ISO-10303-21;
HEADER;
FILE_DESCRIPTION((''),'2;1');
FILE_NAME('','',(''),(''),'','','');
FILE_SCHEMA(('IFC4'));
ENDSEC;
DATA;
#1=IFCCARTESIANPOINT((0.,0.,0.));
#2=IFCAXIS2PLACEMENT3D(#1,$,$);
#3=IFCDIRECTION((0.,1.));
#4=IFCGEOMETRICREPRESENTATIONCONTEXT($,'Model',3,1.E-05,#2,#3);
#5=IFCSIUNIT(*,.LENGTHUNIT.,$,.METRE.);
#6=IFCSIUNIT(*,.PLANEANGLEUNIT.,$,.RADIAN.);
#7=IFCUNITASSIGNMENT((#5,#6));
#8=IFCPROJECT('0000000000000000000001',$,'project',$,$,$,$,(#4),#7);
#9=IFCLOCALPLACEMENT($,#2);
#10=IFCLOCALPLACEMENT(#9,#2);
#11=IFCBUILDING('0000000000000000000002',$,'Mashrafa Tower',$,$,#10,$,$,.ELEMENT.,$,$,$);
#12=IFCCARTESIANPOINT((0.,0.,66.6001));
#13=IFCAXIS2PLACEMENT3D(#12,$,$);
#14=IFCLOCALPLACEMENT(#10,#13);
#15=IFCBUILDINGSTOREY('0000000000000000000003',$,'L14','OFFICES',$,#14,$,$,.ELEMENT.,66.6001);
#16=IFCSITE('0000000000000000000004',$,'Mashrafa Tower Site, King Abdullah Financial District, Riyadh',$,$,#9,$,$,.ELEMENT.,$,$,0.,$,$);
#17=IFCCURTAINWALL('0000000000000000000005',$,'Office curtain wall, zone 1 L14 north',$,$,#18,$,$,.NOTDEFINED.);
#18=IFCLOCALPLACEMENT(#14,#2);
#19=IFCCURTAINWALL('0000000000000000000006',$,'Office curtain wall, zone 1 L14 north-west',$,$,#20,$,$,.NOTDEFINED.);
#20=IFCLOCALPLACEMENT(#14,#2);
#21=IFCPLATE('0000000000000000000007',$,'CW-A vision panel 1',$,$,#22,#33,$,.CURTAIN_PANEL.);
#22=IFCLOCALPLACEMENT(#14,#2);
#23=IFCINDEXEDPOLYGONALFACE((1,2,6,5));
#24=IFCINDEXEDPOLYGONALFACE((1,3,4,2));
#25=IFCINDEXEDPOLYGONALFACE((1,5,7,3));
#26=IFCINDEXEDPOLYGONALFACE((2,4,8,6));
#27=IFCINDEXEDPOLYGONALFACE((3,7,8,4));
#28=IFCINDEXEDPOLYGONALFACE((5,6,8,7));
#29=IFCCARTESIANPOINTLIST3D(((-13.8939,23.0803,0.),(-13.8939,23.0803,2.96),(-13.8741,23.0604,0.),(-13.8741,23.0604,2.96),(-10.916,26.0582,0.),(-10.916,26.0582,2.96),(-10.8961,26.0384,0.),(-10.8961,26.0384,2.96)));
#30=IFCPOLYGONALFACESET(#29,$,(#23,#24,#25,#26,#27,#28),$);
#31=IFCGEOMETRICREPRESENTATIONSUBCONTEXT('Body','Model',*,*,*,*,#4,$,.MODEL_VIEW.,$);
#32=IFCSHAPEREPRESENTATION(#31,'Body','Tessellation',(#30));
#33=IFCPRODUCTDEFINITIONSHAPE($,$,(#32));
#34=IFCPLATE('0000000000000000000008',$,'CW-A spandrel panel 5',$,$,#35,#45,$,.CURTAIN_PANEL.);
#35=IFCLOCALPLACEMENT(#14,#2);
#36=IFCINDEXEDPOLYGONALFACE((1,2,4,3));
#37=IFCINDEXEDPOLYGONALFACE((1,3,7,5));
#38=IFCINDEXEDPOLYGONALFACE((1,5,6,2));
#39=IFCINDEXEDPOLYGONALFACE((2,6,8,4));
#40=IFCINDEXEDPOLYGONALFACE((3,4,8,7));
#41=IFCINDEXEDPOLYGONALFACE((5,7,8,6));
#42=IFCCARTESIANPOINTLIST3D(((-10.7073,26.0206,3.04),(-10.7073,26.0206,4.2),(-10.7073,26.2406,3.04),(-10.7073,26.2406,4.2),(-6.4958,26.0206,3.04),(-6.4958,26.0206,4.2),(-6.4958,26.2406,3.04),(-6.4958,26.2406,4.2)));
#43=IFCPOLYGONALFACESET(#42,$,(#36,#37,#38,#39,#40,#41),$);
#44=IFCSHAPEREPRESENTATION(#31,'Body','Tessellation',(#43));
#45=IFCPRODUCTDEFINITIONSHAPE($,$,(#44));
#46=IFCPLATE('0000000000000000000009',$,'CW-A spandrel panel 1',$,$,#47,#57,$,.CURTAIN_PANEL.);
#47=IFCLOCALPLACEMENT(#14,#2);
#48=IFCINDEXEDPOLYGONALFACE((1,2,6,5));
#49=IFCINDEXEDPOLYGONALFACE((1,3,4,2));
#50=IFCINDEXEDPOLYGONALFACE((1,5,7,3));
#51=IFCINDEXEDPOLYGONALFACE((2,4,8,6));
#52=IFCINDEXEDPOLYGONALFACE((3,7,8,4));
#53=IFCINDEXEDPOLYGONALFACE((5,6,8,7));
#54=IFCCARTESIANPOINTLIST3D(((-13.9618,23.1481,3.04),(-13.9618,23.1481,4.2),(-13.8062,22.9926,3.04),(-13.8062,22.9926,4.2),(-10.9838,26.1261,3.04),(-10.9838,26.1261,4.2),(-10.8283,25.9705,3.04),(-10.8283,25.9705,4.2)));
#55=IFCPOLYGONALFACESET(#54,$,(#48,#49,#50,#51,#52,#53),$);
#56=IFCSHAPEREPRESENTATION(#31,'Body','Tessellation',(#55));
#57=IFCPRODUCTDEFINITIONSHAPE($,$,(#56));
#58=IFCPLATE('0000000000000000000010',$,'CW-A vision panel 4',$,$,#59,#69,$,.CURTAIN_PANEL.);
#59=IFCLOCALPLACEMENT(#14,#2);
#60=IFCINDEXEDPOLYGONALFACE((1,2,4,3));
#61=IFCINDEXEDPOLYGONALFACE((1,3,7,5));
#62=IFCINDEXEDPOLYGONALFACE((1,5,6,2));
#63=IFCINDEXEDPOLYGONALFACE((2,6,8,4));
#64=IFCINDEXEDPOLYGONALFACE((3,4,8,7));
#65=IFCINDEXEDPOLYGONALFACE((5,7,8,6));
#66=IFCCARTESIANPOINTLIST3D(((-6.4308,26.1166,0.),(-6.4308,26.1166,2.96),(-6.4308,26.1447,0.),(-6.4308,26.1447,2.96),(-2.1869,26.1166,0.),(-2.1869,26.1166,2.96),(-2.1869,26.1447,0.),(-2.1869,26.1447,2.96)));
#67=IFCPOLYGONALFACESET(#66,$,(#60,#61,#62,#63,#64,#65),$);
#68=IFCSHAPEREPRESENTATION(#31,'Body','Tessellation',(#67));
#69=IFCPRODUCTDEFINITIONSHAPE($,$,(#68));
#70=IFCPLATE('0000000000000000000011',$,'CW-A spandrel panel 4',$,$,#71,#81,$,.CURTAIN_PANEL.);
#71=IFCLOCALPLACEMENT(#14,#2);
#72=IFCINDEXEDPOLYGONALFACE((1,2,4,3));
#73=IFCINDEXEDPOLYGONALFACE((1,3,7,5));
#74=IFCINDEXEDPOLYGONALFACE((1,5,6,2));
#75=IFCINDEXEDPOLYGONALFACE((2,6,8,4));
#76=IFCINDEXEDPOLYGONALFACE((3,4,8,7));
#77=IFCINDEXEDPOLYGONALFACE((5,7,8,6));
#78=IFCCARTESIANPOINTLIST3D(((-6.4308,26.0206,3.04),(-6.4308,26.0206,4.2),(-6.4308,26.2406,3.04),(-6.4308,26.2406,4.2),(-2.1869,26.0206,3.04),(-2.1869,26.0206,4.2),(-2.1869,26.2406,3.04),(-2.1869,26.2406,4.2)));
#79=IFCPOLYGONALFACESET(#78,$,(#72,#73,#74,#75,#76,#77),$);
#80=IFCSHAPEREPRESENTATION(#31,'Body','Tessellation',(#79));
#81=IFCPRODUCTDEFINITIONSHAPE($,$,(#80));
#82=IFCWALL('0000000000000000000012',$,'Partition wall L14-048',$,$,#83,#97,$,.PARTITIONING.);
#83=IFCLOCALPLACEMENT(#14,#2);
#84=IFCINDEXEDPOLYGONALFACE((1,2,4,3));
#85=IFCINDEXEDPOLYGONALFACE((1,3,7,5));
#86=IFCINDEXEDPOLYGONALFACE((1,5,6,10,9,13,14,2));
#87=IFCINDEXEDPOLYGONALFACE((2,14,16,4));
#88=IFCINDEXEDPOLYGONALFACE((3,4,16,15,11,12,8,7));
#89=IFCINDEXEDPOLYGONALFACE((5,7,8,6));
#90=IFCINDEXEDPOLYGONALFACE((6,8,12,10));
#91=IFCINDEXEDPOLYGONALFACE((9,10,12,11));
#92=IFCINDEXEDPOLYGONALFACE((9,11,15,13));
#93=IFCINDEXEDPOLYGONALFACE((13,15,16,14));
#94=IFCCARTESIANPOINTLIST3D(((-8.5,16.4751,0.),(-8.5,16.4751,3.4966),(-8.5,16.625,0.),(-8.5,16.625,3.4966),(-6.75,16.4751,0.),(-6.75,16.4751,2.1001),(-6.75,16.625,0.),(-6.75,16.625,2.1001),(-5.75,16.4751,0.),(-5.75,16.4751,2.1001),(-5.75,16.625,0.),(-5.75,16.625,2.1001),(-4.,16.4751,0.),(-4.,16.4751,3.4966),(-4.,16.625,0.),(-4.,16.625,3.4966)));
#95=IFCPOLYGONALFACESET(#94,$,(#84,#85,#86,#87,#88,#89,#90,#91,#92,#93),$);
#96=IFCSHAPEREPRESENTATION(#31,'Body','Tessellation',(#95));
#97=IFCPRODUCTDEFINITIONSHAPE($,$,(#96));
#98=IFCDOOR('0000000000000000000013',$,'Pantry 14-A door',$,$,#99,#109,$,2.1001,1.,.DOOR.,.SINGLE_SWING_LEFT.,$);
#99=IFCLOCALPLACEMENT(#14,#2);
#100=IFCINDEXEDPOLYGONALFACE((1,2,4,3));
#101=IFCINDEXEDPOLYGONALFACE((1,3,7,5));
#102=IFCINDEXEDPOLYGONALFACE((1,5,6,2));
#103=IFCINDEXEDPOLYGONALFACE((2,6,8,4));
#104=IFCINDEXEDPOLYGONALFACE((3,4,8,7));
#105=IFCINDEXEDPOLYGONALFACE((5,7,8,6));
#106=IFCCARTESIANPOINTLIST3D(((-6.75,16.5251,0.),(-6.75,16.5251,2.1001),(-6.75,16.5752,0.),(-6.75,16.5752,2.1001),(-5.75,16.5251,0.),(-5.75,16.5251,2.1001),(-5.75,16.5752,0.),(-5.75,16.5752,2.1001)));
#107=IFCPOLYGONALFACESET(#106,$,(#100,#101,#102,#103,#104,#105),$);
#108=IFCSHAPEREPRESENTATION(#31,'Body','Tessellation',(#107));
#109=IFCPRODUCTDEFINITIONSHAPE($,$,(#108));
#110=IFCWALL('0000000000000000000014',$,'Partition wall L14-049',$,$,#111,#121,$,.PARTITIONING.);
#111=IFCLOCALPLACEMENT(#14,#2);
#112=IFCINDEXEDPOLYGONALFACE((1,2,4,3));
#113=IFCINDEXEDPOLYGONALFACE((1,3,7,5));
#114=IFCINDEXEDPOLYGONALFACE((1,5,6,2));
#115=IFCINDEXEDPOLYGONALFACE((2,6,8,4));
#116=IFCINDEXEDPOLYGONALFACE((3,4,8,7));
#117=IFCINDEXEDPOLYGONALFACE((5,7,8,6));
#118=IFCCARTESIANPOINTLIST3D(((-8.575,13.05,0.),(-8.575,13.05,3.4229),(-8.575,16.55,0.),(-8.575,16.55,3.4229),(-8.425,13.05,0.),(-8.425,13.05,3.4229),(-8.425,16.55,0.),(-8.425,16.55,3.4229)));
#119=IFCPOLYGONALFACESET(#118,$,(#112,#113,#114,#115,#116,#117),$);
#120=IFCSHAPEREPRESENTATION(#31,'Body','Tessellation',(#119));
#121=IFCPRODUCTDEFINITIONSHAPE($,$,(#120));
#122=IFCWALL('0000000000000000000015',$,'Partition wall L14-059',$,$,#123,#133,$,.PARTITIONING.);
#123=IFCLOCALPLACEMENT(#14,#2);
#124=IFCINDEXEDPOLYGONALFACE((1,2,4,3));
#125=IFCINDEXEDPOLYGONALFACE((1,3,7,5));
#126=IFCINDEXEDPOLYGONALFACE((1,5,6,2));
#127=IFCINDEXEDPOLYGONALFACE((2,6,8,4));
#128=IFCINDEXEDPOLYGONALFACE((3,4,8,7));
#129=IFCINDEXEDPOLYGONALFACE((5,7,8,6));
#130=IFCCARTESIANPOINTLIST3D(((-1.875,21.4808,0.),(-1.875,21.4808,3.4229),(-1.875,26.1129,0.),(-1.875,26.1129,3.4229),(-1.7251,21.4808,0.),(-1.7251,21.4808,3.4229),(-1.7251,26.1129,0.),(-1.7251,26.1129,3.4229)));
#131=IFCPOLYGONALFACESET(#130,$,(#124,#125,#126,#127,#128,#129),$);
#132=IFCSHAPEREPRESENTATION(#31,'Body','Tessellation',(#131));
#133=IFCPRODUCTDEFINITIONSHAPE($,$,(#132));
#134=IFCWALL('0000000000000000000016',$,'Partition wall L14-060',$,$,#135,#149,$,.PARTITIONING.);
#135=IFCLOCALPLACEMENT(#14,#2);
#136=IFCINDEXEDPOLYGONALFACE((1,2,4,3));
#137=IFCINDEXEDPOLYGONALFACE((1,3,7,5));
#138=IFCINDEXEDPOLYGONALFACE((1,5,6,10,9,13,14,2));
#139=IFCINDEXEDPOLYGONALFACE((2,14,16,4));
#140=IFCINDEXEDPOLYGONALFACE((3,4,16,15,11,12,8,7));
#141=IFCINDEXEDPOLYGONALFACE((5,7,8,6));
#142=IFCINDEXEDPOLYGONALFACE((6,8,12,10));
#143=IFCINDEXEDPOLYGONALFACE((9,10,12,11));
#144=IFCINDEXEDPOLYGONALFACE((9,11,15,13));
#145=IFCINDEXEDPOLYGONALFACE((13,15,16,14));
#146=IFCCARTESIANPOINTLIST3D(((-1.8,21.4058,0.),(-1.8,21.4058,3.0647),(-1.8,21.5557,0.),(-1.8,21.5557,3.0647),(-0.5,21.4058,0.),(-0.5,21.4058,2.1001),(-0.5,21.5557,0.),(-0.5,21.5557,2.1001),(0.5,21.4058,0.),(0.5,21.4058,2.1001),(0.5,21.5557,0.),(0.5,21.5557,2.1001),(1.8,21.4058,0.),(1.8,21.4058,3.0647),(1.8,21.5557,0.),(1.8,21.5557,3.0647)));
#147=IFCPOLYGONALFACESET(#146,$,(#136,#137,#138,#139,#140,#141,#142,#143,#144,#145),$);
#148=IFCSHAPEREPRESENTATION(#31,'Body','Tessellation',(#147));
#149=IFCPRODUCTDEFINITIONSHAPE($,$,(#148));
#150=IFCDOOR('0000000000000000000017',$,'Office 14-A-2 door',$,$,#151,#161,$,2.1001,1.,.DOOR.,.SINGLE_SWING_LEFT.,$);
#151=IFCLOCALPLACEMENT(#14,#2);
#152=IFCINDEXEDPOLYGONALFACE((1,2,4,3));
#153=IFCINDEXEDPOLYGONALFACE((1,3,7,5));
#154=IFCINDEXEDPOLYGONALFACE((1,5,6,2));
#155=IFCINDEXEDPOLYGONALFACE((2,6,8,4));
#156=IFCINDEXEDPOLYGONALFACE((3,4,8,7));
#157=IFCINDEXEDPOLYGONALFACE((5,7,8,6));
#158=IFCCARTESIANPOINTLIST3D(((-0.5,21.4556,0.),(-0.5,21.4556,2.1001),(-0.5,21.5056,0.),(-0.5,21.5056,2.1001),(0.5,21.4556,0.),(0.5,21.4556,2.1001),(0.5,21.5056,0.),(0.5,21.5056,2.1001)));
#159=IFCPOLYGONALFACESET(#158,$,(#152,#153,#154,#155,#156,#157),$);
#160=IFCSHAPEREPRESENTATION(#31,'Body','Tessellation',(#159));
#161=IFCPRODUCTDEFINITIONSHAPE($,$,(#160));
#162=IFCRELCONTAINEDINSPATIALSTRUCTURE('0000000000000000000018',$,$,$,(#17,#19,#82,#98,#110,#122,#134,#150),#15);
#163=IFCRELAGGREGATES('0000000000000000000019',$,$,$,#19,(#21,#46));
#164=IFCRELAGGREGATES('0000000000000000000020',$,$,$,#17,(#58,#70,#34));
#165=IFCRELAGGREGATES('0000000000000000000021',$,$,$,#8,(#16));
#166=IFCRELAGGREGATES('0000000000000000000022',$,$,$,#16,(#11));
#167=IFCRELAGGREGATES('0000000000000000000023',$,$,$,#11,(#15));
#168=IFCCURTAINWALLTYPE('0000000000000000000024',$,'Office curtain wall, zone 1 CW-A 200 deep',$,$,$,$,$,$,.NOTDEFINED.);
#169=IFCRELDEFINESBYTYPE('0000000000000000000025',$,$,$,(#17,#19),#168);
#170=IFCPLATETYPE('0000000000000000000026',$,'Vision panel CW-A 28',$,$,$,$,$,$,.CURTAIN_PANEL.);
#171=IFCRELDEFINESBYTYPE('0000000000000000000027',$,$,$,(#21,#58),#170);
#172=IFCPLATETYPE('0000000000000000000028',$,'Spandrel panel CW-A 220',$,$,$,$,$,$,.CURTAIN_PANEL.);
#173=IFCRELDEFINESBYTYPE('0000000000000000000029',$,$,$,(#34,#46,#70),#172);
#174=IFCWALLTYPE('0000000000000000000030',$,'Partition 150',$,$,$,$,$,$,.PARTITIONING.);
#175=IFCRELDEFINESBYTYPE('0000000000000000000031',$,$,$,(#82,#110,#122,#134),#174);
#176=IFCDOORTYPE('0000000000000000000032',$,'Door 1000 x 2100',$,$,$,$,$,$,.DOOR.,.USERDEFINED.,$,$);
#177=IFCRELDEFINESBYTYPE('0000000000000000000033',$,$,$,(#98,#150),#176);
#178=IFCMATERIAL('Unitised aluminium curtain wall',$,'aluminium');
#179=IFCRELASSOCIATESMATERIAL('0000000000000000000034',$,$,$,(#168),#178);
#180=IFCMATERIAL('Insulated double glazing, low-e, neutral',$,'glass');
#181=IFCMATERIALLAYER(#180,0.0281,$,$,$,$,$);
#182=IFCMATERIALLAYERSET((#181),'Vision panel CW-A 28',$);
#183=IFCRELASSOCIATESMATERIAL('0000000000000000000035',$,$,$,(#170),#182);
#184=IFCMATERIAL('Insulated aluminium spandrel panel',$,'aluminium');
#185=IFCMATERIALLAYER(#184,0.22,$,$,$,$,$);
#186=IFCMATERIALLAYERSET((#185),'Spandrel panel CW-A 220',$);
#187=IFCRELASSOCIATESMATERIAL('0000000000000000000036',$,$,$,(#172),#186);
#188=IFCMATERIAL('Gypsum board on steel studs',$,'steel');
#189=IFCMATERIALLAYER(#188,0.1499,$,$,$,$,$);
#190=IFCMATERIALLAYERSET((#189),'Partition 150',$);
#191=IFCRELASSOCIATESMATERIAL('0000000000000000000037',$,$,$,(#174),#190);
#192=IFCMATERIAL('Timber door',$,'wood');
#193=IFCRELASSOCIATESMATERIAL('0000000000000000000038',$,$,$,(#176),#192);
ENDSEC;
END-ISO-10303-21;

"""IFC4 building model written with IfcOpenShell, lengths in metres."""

from ifc_helpers import new_model, si_unit, direction, frame, frame_2d, origin, origin_2d, place, context, subcontext, project, spatial, rectangle, extrude, source, transform, mapped, material, layer, layer_set, type_object, type_shapes, element, fill, aggregate, save


model = new_model("IFC4")

# Units and contexts
model_context = context("Model", 3, precision=1e-05, world=origin(), true_north=direction((0.0, 1.0)))
body_context = subcontext(model_context, "Body", "Model", "MODEL_VIEW")
ifc_project = project(units=[si_unit("LENGTHUNIT", "METRE"), si_unit("PLANEANGLEUNIT", "RADIAN")], contexts=[model_context])

# Site, building, storey
site_placement = place(None, origin())
site = spatial("IfcSite", under=ifc_project, at=site_placement, Name="Mashrafa Tower Site, King Abdullah Financial District, Riyadh", CompositionType="ELEMENT", RefElevation=0.0)
building_placement = place(site_placement, origin())
building = spatial("IfcBuilding", under=site, at=building_placement, Name="Mashrafa Tower", CompositionType="ELEMENT")
storey_placement = place(building_placement, frame((0.0, 0.0, 66.6001)))
storey = spatial("IfcBuildingStorey", under=building, at=storey_placement, Name="L14", Description="OFFICES", CompositionType="ELEMENT", Elevation=66.6001)

# Curtain walls
ifc_material_1 = material(Name="Unitised aluminium curtain wall", Category="aluminium")
curtain_wall_type = type_object("IfcCurtainWallType", Name="Office curtain wall, zone 1 CW-A 200 deep", PredefinedType="NOTDEFINED", material=ifc_material_1)
curtain_wall_1_placement = place(storey_placement, origin())
curtain_wall_1 = element("IfcCurtainWall", 1, at=curtain_wall_1_placement, inside=storey, type_object=curtain_wall_type, Name="Office curtain wall, zone 1 L14 north", PredefinedType="NOTDEFINED")
curtain_wall_2_placement = place(storey_placement, origin())
curtain_wall_2 = element("IfcCurtainWall", 2, at=curtain_wall_2_placement, inside=storey, type_object=curtain_wall_type, Name="Office curtain wall, zone 1 L14 north-west", PredefinedType="NOTDEFINED")

# Plates
ifc_material_2 = material(Name="Insulated double glazing, low-e, neutral", Category="glass")
ifc_layer_1 = layer(ifc_material_2, 0.0281)
ifc_layer_set_1 = layer_set([ifc_layer_1], Name="Vision panel CW-A 28")
plate_type_1 = type_object("IfcPlateType", Name="Vision panel CW-A 28", PredefinedType="CURTAIN_PANEL", material=ifc_layer_set_1)
shared_shape_1 = source(origin(), body_context, "Body", "SweptSolid", [
    extrude(rectangle(XDim=4.2114, YDim=0.0281, at=origin_2d()), origin(), (0.0, 0.0, 1.0), 2.96),
])
plate_1_placement = place(storey_placement, frame((-12.395, 24.5593, 0.0), z_axis=(0.0, 0.0, 1.0), x_axis=(-0.707107, -0.707107, 0.0)))
plate_1 = element("IfcPlate", 3, at=plate_1_placement, type_object=plate_type_1, Name="CW-A vision panel 1", PredefinedType="CURTAIN_PANEL", context=body_context, shape_type="MappedRepresentation", body=[
    mapped(shared_shape_1, transform((0.0, 0.0, 0.0))),
])
ifc_material_3 = material(Name="Insulated aluminium spandrel panel", Category="aluminium")
ifc_layer_2 = layer(ifc_material_3, 0.22)
ifc_layer_set_2 = layer_set([ifc_layer_2], Name="Spandrel panel CW-A 220")
plate_type_2 = type_object("IfcPlateType", Name="Spandrel panel CW-A 220", PredefinedType="CURTAIN_PANEL", material=ifc_layer_set_2)
shared_shape_2 = source(origin(), body_context, "Body", "SweptSolid", [
    extrude(rectangle(XDim=4.2114, YDim=0.22, at=origin_2d()), origin(), (0.0, 0.0, 1.0), 1.1599),
])
plate_2_placement = place(storey_placement, frame((-8.6016, 26.1306, 3.04), z_axis=(0.0, 0.0, 1.0), x_axis=(-1.0, 0.0, 0.0)))
plate_2 = element("IfcPlate", 4, at=plate_2_placement, type_object=plate_type_2, Name="CW-A spandrel panel 5", PredefinedType="CURTAIN_PANEL", context=body_context, shape_type="MappedRepresentation", body=[
    mapped(shared_shape_2, transform((0.0, 0.0, 0.0))),
])
plate_3_placement = place(storey_placement, frame((-12.395, 24.5593, 3.04), z_axis=(0.0, 0.0, 1.0), x_axis=(-0.707107, -0.707107, 0.0)))
plate_3 = element("IfcPlate", 5, at=plate_3_placement, type_object=plate_type_2, Name="CW-A spandrel panel 1", PredefinedType="CURTAIN_PANEL", context=body_context, shape_type="MappedRepresentation", body=[
    mapped(shared_shape_2, transform((0.0, 0.0, 0.0))),
])
aggregate(curtain_wall_2, [plate_1, plate_3])
shared_shape_3 = source(origin(), body_context, "Body", "SweptSolid", [
    extrude(rectangle(XDim=4.2439, YDim=0.0281, at=origin_2d()), origin(), (0.0, 0.0, 1.0), 2.96),
])
type_shapes(plate_type_1, [shared_shape_1, shared_shape_3])
plate_4_placement = place(storey_placement, frame((-4.3088, 26.1306, 0.0), z_axis=(0.0, 0.0, 1.0), x_axis=(-1.0, 0.0, 0.0)))
plate_4 = element("IfcPlate", 6, at=plate_4_placement, type_object=plate_type_1, Name="CW-A vision panel 4", PredefinedType="CURTAIN_PANEL", context=body_context, shape_type="MappedRepresentation", body=[
    mapped(shared_shape_3, transform((0.0, 0.0, 0.0))),
])
shared_shape_4 = source(origin(), body_context, "Body", "SweptSolid", [
    extrude(rectangle(XDim=4.2439, YDim=0.22, at=origin_2d()), origin(), (0.0, 0.0, 1.0), 1.1599),
])
type_shapes(plate_type_2, [shared_shape_2, shared_shape_4])
plate_5_placement = place(storey_placement, frame((-4.3088, 26.1306, 3.04), z_axis=(0.0, 0.0, 1.0), x_axis=(-1.0, 0.0, 0.0)))
plate_5 = element("IfcPlate", 7, at=plate_5_placement, type_object=plate_type_2, Name="CW-A spandrel panel 4", PredefinedType="CURTAIN_PANEL", context=body_context, shape_type="MappedRepresentation", body=[
    mapped(shared_shape_4, transform((0.0, 0.0, 0.0))),
])
aggregate(curtain_wall_1, [plate_4, plate_5, plate_2])

# Wall, opening, door
ifc_material_4 = material(Name="Gypsum board on steel studs", Category="steel")
ifc_layer_3 = layer(ifc_material_4, 0.1499)
ifc_layer_set_3 = layer_set([ifc_layer_3], Name="Partition 150")
wall_type = type_object("IfcWallType", Name="Partition 150", PredefinedType="PARTITIONING", material=ifc_layer_set_3)
wall_1_placement = place(storey_placement, frame((-4.0, 16.55, 0.0), z_axis=(0.0, 0.0, 1.0), x_axis=(-1.0, 0.0, 0.0)))
wall_1 = element("IfcWall", 8, at=wall_1_placement, inside=storey, type_object=wall_type, Name="Partition wall L14-048", PredefinedType="PARTITIONING", context=body_context, shape_type="SweptSolid", body=[
    extrude(rectangle(XDim=4.5, YDim=0.1499, at=frame_2d((2.25, 0.0))), origin(), (0.0, 0.0, 1.0), 3.4966),
])
opening_1_placement = place(wall_1_placement, frame((1.75, 0.0, 0.0)))
opening_1 = element("IfcOpeningElement", 9, at=opening_1_placement, cuts=wall_1, PredefinedType="OPENING", context=body_context, shape_type="SweptSolid", body=[
    extrude(rectangle(XDim=1.0, YDim=2.1001, at=frame_2d((0.5, 1.05))), frame((0.0, 0.085, 0.0), z_axis=(0.0, -1.0, 0.0), x_axis=(1.0, 0.0, 0.0)), (0.0, 0.0, 1.0), 0.1699),
])
ifc_material_5 = material(Name="Timber door", Category="wood")
door_type = type_object("IfcDoorType", Name="Door 1000 x 2100", OperationType="USERDEFINED", PredefinedType="DOOR", material=ifc_material_5)
door_1_placement = place(opening_1_placement, origin())
door_1 = element("IfcDoor", 10, at=door_1_placement, inside=storey, type_object=door_type, Name="Pantry 14-A door", OperationType="SINGLE_SWING_LEFT", OverallHeight=2.1001, OverallWidth=1.0, PredefinedType="DOOR", context=body_context, shape_type="SweptSolid", body=[
    extrude(rectangle(XDim=1.0, YDim=2.1001, at=frame_2d((0.5, 1.05))), frame((0.0, 0.0249, 0.0), z_axis=(0.0, -1.0, 0.0), x_axis=(1.0, 0.0, 0.0)), (0.0, 0.0, 1.0), 0.05),
])
fill(opening_1, door_1)

# Walls
wall_2_placement = place(storey_placement, frame((-8.5, 16.55, 0.0), z_axis=(0.0, 0.0, 1.0), x_axis=(0.0, -1.0, 0.0)))
element("IfcWall", 11, at=wall_2_placement, inside=storey, type_object=wall_type, Name="Partition wall L14-049", PredefinedType="PARTITIONING", context=body_context, shape_type="SweptSolid", body=[
    extrude(rectangle(XDim=3.5, YDim=0.1499, at=frame_2d((1.75, 0.0))), origin(), (0.0, 0.0, 1.0), 3.4229),
])
wall_3_placement = place(storey_placement, frame((-1.8, 26.1128, 0.0), z_axis=(0.0, 0.0, 1.0), x_axis=(0.0, -1.0, 0.0)))
element("IfcWall", 12, at=wall_3_placement, inside=storey, type_object=wall_type, Name="Partition wall L14-059", PredefinedType="PARTITIONING", context=body_context, shape_type="SweptSolid", body=[
    extrude(rectangle(XDim=4.6321, YDim=0.1499, at=frame_2d((2.3159, 0.0))), origin(), (0.0, 0.0, 1.0), 3.4229),
])

# Wall, opening, door
wall_4_placement = place(storey_placement, frame((-1.8, 21.4807, 0.0), z_axis=(0.0, 0.0, 1.0), x_axis=(1.0, 0.0, 0.0)))
wall_4 = element("IfcWall", 13, at=wall_4_placement, inside=storey, type_object=wall_type, Name="Partition wall L14-060", PredefinedType="PARTITIONING", context=body_context, shape_type="SweptSolid", body=[
    extrude(rectangle(XDim=3.6001, YDim=0.1499, at=frame_2d((1.8, 0.0))), origin(), (0.0, 0.0, 1.0), 3.0647),
])
opening_2_placement = place(wall_4_placement, frame((1.3, 0.0, 0.0)))
opening_2 = element("IfcOpeningElement", 14, at=opening_2_placement, cuts=wall_4, PredefinedType="OPENING", context=body_context, shape_type="SweptSolid", body=[
    extrude(rectangle(XDim=1.0, YDim=2.1001, at=frame_2d((0.5, 1.05))), frame((0.0, 0.085, 0.0), z_axis=(0.0, -1.0, 0.0), x_axis=(1.0, 0.0, 0.0)), (0.0, 0.0, 1.0), 0.1699),
])
door_2_placement = place(opening_2_placement, origin())
door_2 = element("IfcDoor", 15, at=door_2_placement, inside=storey, type_object=door_type, Name="Office 14-A-2 door", OperationType="SINGLE_SWING_LEFT", OverallHeight=2.1001, OverallWidth=1.0, PredefinedType="DOOR", context=body_context, shape_type="SweptSolid", body=[
    extrude(rectangle(XDim=1.0, YDim=2.1001, at=frame_2d((0.5, 1.05))), frame((0.0, 0.0249, 0.0), z_axis=(0.0, -1.0, 0.0), x_axis=(1.0, 0.0, 0.0)), (0.0, 0.0, 1.0), 0.05),
])
fill(opening_2, door_2)

save(model, "model.ifc")
